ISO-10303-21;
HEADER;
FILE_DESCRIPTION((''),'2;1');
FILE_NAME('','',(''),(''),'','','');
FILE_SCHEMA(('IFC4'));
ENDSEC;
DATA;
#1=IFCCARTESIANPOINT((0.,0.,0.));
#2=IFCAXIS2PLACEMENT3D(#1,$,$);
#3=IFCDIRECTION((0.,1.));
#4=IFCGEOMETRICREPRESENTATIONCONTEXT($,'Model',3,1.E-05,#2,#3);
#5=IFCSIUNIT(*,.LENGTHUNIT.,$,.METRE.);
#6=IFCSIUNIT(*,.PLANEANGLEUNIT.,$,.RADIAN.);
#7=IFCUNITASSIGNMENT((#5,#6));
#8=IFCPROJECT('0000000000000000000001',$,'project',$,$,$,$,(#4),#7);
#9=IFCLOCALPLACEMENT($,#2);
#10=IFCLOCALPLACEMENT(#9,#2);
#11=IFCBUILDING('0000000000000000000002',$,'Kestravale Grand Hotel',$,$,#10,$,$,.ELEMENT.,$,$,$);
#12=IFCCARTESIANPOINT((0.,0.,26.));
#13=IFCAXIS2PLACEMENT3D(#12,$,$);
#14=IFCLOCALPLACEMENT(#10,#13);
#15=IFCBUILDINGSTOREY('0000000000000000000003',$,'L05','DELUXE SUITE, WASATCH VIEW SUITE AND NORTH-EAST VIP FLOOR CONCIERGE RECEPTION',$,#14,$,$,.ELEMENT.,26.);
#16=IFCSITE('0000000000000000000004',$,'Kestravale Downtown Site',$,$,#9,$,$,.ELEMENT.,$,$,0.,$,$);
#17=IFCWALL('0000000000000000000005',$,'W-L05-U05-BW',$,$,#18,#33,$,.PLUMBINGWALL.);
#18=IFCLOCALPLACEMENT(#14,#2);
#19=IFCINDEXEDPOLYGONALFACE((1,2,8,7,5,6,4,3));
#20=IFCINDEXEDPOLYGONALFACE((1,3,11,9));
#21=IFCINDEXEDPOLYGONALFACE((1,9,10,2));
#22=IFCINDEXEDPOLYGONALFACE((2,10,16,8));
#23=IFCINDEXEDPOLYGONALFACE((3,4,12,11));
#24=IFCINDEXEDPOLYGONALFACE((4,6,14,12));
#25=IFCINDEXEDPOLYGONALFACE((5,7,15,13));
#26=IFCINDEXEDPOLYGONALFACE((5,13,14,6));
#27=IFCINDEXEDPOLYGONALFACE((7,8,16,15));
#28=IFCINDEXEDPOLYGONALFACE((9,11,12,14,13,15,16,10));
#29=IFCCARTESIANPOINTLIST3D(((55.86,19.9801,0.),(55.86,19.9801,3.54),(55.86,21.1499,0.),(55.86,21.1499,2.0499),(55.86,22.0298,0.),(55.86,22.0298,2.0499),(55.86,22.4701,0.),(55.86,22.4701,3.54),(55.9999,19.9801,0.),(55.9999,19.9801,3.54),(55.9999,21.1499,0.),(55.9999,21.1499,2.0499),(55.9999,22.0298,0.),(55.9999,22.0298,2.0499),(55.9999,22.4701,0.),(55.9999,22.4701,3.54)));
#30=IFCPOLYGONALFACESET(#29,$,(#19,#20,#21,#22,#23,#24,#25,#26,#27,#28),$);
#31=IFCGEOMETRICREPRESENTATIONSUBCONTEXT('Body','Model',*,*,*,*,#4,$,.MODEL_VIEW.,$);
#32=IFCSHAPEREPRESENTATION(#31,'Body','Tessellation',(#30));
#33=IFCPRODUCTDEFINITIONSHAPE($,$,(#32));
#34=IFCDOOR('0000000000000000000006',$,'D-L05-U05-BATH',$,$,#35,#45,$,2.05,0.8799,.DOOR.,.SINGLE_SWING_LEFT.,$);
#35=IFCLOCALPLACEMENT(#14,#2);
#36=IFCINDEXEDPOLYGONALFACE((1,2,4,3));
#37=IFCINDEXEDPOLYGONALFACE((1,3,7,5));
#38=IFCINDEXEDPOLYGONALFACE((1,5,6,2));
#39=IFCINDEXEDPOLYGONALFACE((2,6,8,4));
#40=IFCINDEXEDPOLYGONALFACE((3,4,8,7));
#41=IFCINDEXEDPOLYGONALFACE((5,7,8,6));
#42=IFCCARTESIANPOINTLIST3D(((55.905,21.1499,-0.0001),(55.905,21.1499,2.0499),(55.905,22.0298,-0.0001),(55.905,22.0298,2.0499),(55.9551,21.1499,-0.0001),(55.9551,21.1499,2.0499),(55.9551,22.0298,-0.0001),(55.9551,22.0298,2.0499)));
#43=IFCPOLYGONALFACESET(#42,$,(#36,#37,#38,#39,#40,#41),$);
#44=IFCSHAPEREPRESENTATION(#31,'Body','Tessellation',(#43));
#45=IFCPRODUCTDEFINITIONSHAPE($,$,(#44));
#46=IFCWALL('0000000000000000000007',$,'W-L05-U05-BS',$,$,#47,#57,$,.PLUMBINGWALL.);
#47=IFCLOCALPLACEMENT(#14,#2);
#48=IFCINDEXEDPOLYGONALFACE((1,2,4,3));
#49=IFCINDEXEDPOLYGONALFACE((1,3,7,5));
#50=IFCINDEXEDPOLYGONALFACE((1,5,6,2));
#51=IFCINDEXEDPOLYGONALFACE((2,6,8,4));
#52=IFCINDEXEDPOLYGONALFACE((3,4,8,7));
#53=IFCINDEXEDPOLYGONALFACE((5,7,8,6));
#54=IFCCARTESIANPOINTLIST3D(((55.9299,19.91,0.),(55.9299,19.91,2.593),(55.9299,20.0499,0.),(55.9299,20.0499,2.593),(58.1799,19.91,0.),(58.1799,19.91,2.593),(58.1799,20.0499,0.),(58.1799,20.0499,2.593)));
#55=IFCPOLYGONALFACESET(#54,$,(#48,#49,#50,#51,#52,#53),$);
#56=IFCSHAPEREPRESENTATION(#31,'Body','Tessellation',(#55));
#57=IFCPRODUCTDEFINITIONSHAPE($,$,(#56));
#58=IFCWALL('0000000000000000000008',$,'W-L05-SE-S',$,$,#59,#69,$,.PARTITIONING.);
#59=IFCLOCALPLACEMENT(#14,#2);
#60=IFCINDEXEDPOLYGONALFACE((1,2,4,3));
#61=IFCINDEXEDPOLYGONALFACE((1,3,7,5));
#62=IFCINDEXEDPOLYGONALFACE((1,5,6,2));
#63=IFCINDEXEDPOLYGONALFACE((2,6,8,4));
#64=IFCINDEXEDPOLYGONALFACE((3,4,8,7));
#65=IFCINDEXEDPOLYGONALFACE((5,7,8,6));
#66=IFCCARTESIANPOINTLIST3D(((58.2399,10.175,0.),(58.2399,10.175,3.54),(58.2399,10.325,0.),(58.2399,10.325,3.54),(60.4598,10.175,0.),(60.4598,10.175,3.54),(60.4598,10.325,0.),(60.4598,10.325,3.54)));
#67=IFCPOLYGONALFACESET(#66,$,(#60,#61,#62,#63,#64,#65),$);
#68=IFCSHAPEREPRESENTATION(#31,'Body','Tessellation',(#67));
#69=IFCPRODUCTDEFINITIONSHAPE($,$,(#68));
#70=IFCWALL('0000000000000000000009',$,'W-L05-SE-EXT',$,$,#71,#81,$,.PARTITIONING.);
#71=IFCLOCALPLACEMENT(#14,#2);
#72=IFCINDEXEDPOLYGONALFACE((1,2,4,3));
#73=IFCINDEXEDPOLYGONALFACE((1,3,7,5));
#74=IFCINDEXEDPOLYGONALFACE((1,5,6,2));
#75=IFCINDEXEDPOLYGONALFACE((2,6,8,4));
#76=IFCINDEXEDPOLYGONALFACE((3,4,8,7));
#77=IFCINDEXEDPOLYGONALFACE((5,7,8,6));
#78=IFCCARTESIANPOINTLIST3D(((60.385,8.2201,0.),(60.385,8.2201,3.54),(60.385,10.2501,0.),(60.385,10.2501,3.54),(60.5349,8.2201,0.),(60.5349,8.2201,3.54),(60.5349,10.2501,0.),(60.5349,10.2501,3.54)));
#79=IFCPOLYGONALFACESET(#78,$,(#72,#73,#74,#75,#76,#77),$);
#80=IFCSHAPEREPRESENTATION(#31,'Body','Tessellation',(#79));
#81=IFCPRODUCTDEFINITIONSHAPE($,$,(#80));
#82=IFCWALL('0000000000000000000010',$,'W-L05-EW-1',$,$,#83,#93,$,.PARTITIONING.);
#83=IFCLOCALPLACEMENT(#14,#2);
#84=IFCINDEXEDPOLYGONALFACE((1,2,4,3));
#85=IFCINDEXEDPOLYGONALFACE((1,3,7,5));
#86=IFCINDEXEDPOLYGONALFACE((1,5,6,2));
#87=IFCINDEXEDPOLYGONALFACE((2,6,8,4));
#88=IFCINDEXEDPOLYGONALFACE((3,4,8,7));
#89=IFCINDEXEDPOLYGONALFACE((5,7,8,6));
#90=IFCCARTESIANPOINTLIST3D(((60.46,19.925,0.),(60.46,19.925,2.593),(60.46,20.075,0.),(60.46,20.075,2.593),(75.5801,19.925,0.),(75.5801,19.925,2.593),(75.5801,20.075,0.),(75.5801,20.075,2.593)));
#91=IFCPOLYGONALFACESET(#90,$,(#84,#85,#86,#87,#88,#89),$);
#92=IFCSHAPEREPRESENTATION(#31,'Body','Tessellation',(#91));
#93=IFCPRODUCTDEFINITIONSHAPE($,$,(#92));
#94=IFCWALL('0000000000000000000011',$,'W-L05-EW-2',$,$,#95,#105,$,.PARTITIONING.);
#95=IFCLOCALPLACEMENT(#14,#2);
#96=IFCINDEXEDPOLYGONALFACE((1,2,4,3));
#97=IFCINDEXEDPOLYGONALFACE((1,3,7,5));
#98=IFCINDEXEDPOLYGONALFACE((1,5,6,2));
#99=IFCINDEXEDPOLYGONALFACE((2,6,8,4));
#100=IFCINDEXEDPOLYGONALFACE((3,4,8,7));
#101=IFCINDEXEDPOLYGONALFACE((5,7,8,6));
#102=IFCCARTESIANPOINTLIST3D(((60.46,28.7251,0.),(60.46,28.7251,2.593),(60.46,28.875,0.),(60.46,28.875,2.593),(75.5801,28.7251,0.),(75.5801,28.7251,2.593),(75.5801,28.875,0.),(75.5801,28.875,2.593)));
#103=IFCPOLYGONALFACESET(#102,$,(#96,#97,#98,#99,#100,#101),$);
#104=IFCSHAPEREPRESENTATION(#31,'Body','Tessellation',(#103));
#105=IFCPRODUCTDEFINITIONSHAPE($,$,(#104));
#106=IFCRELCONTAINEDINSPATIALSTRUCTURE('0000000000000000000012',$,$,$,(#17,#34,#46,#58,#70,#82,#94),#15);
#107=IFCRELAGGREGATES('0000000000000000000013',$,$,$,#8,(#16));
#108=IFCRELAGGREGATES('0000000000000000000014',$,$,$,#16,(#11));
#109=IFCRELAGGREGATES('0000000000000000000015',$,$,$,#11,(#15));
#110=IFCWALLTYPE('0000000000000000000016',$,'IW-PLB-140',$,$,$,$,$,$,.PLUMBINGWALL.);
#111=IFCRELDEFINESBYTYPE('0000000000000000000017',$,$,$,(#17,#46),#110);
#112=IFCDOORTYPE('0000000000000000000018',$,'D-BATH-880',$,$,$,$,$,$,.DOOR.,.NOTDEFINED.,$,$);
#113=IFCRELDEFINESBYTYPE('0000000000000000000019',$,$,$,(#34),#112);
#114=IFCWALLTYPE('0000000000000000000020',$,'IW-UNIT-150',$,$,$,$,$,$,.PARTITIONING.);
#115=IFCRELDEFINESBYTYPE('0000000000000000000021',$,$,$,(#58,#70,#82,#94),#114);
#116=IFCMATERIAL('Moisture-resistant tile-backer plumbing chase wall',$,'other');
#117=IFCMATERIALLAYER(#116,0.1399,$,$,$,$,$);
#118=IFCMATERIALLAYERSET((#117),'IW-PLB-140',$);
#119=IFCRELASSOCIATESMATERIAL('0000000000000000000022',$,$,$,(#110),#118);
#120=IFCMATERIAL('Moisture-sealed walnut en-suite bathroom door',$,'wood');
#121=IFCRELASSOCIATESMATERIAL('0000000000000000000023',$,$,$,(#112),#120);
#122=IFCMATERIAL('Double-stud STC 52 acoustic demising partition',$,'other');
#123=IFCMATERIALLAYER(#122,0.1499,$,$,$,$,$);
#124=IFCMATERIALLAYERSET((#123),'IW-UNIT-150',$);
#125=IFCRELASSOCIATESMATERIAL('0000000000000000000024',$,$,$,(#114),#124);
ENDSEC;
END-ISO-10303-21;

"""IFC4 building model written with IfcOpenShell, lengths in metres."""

from ifc_helpers import new_model, si_unit, direction, frame, frame_2d, origin, place, context, subcontext, project, spatial, rectangle, extrude, material, layer, layer_set, type_object, element, fill, save


model = new_model("IFC4")

# Units and contexts
model_context = context("Model", 3, precision=1e-05, world=origin(), true_north=direction((0.0, 1.0)))
body_context = subcontext(model_context, "Body", "Model", "MODEL_VIEW")
ifc_project = project(units=[si_unit("LENGTHUNIT", "METRE"), si_unit("PLANEANGLEUNIT", "RADIAN")], contexts=[model_context])

# Site, building, storey
site_placement = place(None, origin())
site = spatial("IfcSite", under=ifc_project, at=site_placement, Name="Kestravale Downtown Site", CompositionType="ELEMENT", RefElevation=0.0)
building_placement = place(site_placement, origin())
building = spatial("IfcBuilding", under=site, at=building_placement, Name="Kestravale Grand Hotel", CompositionType="ELEMENT")
storey_placement = place(building_placement, frame((0.0, 0.0, 26.0)))
storey = spatial("IfcBuildingStorey", under=building, at=storey_placement, Name="L05", Description="DELUXE SUITE, WASATCH VIEW SUITE AND NORTH-EAST VIP FLOOR CONCIERGE RECEPTION", CompositionType="ELEMENT", Elevation=26.0)

# Wall, opening, door
ifc_material_1 = material(Name="Moisture-resistant tile-backer plumbing chase wall", Category="other")
ifc_layer_1 = layer(ifc_material_1, 0.1399)
ifc_layer_set_1 = layer_set([ifc_layer_1], Name="IW-PLB-140")
wall_type_1 = type_object("IfcWallType", Name="IW-PLB-140", PredefinedType="PLUMBINGWALL", material=ifc_layer_set_1)
wall_1_placement = place(storey_placement, frame((55.9299, 19.98, 0.0), z_axis=(0.0, 0.0, 1.0), x_axis=(0.0, 1.0, 0.0)))
wall_1 = element("IfcWall", 1, at=wall_1_placement, inside=storey, type_object=wall_type_1, Name="W-L05-U05-BW", PredefinedType="PLUMBINGWALL", context=body_context, shape_type="SweptSolid", body=[
    extrude(rectangle(XDim=2.49, YDim=0.1399, at=frame_2d((1.2451, 0.0))), origin(), (0.0, 0.0, 1.0), 3.54),
])
opening_1_placement = place(wall_1_placement, frame((1.1699, 0.0, 0.0)))
opening_1 = element("IfcOpeningElement", 2, at=opening_1_placement, cuts=wall_1, PredefinedType="OPENING", context=body_context, shape_type="SweptSolid", body=[
    extrude(rectangle(XDim=0.8799, YDim=2.05, at=frame_2d((0.4399, 1.0249))), frame((0.0, 0.0798, 0.0), z_axis=(0.0, -1.0, 0.0), x_axis=(1.0, 0.0, 0.0)), (0.0, 0.0, 1.0), 0.1599),
])
ifc_material_2 = material(Name="Moisture-sealed walnut en-suite bathroom door", Category="wood")
door_type_1 = type_object("IfcDoorType", Name="D-BATH-880", OperationType="NOTDEFINED", PredefinedType="DOOR", material=ifc_material_2)
door_1_placement = place(opening_1_placement, origin())
door_1 = element("IfcDoor", 3, at=door_1_placement, inside=storey, type_object=door_type_1, Name="D-L05-U05-BATH", OperationType="SINGLE_SWING_LEFT", OverallHeight=2.05, OverallWidth=0.8799, PredefinedType="DOOR", context=body_context, shape_type="SweptSolid", body=[
    extrude(rectangle(XDim=0.8799, YDim=2.05, at=frame_2d((0.4399, 1.0249))), frame((0.0, 0.0249, 0.0), z_axis=(0.0, -1.0, 0.0), x_axis=(1.0, 0.0, 0.0)), (0.0, 0.0, 1.0), 0.05),
])
fill(opening_1, door_1)

# Walls
wall_2_placement = place(storey_placement, frame((55.9299, 19.98, 0.0), z_axis=(0.0, 0.0, 1.0), x_axis=(1.0, 0.0, 0.0)))
element("IfcWall", 4, at=wall_2_placement, inside=storey, type_object=wall_type_1, Name="W-L05-U05-BS", PredefinedType="PLUMBINGWALL", context=body_context, shape_type="SweptSolid", body=[
    extrude(rectangle(XDim=2.25, YDim=0.1399, at=frame_2d((1.125, 0.0))), origin(), (0.0, 0.0, 1.0), 2.593),
])
ifc_material_3 = material(Name="Double-stud STC 52 acoustic demising partition", Category="other")
ifc_layer_2 = layer(ifc_material_3, 0.1499)
ifc_layer_set_2 = layer_set([ifc_layer_2], Name="IW-UNIT-150")
wall_type_2 = type_object("IfcWallType", Name="IW-UNIT-150", PredefinedType="PARTITIONING", material=ifc_layer_set_2)
wall_3_placement = place(storey_placement, frame((58.24, 10.25, 0.0), z_axis=(0.0, 0.0, 1.0), x_axis=(1.0, 0.0, 0.0)))
element("IfcWall", 5, at=wall_3_placement, inside=storey, type_object=wall_type_2, Name="W-L05-SE-S", PredefinedType="PARTITIONING", context=body_context, shape_type="SweptSolid", body=[
    extrude(rectangle(XDim=2.22, YDim=0.1499, at=frame_2d((1.1099, 0.0))), origin(), (0.0, 0.0, 1.0), 3.54),
])
wall_4_placement = place(storey_placement, frame((60.46, 8.22, 0.0), z_axis=(0.0, 0.0, 1.0), x_axis=(0.0, 1.0, 0.0)))
element("IfcWall", 6, at=wall_4_placement, inside=storey, type_object=wall_type_2, Name="W-L05-SE-EXT", PredefinedType="PARTITIONING", context=body_context, shape_type="SweptSolid", body=[
    extrude(rectangle(XDim=2.03, YDim=0.1499, at=frame_2d((1.0151, 0.0))), origin(), (0.0, 0.0, 1.0), 3.54),
])
for number, where, z_axis, x_axis, name in (
    (7, (60.46, 20.0, 0.0), (0.0, 0.0, 1.0), (1.0, 0.0, 0.0), "W-L05-EW-1"),
    (8, (60.46, 28.8, 0.0), (0.0, 0.0, 1.0), (1.0, 0.0, 0.0), "W-L05-EW-2"),
):
    element("IfcWall", number, at=place(storey_placement, frame(where, z_axis=z_axis, x_axis=x_axis)), inside=storey, type_object=wall_type_2, Name=name, PredefinedType="PARTITIONING", context=body_context, shape_type="SweptSolid", body=[
        extrude(rectangle(XDim=15.1201, YDim=0.1499, at=frame_2d((7.5601, 0.0))), origin(), (0.0, 0.0, 1.0), 2.593),
    ])

save(model, "model.ifc")
